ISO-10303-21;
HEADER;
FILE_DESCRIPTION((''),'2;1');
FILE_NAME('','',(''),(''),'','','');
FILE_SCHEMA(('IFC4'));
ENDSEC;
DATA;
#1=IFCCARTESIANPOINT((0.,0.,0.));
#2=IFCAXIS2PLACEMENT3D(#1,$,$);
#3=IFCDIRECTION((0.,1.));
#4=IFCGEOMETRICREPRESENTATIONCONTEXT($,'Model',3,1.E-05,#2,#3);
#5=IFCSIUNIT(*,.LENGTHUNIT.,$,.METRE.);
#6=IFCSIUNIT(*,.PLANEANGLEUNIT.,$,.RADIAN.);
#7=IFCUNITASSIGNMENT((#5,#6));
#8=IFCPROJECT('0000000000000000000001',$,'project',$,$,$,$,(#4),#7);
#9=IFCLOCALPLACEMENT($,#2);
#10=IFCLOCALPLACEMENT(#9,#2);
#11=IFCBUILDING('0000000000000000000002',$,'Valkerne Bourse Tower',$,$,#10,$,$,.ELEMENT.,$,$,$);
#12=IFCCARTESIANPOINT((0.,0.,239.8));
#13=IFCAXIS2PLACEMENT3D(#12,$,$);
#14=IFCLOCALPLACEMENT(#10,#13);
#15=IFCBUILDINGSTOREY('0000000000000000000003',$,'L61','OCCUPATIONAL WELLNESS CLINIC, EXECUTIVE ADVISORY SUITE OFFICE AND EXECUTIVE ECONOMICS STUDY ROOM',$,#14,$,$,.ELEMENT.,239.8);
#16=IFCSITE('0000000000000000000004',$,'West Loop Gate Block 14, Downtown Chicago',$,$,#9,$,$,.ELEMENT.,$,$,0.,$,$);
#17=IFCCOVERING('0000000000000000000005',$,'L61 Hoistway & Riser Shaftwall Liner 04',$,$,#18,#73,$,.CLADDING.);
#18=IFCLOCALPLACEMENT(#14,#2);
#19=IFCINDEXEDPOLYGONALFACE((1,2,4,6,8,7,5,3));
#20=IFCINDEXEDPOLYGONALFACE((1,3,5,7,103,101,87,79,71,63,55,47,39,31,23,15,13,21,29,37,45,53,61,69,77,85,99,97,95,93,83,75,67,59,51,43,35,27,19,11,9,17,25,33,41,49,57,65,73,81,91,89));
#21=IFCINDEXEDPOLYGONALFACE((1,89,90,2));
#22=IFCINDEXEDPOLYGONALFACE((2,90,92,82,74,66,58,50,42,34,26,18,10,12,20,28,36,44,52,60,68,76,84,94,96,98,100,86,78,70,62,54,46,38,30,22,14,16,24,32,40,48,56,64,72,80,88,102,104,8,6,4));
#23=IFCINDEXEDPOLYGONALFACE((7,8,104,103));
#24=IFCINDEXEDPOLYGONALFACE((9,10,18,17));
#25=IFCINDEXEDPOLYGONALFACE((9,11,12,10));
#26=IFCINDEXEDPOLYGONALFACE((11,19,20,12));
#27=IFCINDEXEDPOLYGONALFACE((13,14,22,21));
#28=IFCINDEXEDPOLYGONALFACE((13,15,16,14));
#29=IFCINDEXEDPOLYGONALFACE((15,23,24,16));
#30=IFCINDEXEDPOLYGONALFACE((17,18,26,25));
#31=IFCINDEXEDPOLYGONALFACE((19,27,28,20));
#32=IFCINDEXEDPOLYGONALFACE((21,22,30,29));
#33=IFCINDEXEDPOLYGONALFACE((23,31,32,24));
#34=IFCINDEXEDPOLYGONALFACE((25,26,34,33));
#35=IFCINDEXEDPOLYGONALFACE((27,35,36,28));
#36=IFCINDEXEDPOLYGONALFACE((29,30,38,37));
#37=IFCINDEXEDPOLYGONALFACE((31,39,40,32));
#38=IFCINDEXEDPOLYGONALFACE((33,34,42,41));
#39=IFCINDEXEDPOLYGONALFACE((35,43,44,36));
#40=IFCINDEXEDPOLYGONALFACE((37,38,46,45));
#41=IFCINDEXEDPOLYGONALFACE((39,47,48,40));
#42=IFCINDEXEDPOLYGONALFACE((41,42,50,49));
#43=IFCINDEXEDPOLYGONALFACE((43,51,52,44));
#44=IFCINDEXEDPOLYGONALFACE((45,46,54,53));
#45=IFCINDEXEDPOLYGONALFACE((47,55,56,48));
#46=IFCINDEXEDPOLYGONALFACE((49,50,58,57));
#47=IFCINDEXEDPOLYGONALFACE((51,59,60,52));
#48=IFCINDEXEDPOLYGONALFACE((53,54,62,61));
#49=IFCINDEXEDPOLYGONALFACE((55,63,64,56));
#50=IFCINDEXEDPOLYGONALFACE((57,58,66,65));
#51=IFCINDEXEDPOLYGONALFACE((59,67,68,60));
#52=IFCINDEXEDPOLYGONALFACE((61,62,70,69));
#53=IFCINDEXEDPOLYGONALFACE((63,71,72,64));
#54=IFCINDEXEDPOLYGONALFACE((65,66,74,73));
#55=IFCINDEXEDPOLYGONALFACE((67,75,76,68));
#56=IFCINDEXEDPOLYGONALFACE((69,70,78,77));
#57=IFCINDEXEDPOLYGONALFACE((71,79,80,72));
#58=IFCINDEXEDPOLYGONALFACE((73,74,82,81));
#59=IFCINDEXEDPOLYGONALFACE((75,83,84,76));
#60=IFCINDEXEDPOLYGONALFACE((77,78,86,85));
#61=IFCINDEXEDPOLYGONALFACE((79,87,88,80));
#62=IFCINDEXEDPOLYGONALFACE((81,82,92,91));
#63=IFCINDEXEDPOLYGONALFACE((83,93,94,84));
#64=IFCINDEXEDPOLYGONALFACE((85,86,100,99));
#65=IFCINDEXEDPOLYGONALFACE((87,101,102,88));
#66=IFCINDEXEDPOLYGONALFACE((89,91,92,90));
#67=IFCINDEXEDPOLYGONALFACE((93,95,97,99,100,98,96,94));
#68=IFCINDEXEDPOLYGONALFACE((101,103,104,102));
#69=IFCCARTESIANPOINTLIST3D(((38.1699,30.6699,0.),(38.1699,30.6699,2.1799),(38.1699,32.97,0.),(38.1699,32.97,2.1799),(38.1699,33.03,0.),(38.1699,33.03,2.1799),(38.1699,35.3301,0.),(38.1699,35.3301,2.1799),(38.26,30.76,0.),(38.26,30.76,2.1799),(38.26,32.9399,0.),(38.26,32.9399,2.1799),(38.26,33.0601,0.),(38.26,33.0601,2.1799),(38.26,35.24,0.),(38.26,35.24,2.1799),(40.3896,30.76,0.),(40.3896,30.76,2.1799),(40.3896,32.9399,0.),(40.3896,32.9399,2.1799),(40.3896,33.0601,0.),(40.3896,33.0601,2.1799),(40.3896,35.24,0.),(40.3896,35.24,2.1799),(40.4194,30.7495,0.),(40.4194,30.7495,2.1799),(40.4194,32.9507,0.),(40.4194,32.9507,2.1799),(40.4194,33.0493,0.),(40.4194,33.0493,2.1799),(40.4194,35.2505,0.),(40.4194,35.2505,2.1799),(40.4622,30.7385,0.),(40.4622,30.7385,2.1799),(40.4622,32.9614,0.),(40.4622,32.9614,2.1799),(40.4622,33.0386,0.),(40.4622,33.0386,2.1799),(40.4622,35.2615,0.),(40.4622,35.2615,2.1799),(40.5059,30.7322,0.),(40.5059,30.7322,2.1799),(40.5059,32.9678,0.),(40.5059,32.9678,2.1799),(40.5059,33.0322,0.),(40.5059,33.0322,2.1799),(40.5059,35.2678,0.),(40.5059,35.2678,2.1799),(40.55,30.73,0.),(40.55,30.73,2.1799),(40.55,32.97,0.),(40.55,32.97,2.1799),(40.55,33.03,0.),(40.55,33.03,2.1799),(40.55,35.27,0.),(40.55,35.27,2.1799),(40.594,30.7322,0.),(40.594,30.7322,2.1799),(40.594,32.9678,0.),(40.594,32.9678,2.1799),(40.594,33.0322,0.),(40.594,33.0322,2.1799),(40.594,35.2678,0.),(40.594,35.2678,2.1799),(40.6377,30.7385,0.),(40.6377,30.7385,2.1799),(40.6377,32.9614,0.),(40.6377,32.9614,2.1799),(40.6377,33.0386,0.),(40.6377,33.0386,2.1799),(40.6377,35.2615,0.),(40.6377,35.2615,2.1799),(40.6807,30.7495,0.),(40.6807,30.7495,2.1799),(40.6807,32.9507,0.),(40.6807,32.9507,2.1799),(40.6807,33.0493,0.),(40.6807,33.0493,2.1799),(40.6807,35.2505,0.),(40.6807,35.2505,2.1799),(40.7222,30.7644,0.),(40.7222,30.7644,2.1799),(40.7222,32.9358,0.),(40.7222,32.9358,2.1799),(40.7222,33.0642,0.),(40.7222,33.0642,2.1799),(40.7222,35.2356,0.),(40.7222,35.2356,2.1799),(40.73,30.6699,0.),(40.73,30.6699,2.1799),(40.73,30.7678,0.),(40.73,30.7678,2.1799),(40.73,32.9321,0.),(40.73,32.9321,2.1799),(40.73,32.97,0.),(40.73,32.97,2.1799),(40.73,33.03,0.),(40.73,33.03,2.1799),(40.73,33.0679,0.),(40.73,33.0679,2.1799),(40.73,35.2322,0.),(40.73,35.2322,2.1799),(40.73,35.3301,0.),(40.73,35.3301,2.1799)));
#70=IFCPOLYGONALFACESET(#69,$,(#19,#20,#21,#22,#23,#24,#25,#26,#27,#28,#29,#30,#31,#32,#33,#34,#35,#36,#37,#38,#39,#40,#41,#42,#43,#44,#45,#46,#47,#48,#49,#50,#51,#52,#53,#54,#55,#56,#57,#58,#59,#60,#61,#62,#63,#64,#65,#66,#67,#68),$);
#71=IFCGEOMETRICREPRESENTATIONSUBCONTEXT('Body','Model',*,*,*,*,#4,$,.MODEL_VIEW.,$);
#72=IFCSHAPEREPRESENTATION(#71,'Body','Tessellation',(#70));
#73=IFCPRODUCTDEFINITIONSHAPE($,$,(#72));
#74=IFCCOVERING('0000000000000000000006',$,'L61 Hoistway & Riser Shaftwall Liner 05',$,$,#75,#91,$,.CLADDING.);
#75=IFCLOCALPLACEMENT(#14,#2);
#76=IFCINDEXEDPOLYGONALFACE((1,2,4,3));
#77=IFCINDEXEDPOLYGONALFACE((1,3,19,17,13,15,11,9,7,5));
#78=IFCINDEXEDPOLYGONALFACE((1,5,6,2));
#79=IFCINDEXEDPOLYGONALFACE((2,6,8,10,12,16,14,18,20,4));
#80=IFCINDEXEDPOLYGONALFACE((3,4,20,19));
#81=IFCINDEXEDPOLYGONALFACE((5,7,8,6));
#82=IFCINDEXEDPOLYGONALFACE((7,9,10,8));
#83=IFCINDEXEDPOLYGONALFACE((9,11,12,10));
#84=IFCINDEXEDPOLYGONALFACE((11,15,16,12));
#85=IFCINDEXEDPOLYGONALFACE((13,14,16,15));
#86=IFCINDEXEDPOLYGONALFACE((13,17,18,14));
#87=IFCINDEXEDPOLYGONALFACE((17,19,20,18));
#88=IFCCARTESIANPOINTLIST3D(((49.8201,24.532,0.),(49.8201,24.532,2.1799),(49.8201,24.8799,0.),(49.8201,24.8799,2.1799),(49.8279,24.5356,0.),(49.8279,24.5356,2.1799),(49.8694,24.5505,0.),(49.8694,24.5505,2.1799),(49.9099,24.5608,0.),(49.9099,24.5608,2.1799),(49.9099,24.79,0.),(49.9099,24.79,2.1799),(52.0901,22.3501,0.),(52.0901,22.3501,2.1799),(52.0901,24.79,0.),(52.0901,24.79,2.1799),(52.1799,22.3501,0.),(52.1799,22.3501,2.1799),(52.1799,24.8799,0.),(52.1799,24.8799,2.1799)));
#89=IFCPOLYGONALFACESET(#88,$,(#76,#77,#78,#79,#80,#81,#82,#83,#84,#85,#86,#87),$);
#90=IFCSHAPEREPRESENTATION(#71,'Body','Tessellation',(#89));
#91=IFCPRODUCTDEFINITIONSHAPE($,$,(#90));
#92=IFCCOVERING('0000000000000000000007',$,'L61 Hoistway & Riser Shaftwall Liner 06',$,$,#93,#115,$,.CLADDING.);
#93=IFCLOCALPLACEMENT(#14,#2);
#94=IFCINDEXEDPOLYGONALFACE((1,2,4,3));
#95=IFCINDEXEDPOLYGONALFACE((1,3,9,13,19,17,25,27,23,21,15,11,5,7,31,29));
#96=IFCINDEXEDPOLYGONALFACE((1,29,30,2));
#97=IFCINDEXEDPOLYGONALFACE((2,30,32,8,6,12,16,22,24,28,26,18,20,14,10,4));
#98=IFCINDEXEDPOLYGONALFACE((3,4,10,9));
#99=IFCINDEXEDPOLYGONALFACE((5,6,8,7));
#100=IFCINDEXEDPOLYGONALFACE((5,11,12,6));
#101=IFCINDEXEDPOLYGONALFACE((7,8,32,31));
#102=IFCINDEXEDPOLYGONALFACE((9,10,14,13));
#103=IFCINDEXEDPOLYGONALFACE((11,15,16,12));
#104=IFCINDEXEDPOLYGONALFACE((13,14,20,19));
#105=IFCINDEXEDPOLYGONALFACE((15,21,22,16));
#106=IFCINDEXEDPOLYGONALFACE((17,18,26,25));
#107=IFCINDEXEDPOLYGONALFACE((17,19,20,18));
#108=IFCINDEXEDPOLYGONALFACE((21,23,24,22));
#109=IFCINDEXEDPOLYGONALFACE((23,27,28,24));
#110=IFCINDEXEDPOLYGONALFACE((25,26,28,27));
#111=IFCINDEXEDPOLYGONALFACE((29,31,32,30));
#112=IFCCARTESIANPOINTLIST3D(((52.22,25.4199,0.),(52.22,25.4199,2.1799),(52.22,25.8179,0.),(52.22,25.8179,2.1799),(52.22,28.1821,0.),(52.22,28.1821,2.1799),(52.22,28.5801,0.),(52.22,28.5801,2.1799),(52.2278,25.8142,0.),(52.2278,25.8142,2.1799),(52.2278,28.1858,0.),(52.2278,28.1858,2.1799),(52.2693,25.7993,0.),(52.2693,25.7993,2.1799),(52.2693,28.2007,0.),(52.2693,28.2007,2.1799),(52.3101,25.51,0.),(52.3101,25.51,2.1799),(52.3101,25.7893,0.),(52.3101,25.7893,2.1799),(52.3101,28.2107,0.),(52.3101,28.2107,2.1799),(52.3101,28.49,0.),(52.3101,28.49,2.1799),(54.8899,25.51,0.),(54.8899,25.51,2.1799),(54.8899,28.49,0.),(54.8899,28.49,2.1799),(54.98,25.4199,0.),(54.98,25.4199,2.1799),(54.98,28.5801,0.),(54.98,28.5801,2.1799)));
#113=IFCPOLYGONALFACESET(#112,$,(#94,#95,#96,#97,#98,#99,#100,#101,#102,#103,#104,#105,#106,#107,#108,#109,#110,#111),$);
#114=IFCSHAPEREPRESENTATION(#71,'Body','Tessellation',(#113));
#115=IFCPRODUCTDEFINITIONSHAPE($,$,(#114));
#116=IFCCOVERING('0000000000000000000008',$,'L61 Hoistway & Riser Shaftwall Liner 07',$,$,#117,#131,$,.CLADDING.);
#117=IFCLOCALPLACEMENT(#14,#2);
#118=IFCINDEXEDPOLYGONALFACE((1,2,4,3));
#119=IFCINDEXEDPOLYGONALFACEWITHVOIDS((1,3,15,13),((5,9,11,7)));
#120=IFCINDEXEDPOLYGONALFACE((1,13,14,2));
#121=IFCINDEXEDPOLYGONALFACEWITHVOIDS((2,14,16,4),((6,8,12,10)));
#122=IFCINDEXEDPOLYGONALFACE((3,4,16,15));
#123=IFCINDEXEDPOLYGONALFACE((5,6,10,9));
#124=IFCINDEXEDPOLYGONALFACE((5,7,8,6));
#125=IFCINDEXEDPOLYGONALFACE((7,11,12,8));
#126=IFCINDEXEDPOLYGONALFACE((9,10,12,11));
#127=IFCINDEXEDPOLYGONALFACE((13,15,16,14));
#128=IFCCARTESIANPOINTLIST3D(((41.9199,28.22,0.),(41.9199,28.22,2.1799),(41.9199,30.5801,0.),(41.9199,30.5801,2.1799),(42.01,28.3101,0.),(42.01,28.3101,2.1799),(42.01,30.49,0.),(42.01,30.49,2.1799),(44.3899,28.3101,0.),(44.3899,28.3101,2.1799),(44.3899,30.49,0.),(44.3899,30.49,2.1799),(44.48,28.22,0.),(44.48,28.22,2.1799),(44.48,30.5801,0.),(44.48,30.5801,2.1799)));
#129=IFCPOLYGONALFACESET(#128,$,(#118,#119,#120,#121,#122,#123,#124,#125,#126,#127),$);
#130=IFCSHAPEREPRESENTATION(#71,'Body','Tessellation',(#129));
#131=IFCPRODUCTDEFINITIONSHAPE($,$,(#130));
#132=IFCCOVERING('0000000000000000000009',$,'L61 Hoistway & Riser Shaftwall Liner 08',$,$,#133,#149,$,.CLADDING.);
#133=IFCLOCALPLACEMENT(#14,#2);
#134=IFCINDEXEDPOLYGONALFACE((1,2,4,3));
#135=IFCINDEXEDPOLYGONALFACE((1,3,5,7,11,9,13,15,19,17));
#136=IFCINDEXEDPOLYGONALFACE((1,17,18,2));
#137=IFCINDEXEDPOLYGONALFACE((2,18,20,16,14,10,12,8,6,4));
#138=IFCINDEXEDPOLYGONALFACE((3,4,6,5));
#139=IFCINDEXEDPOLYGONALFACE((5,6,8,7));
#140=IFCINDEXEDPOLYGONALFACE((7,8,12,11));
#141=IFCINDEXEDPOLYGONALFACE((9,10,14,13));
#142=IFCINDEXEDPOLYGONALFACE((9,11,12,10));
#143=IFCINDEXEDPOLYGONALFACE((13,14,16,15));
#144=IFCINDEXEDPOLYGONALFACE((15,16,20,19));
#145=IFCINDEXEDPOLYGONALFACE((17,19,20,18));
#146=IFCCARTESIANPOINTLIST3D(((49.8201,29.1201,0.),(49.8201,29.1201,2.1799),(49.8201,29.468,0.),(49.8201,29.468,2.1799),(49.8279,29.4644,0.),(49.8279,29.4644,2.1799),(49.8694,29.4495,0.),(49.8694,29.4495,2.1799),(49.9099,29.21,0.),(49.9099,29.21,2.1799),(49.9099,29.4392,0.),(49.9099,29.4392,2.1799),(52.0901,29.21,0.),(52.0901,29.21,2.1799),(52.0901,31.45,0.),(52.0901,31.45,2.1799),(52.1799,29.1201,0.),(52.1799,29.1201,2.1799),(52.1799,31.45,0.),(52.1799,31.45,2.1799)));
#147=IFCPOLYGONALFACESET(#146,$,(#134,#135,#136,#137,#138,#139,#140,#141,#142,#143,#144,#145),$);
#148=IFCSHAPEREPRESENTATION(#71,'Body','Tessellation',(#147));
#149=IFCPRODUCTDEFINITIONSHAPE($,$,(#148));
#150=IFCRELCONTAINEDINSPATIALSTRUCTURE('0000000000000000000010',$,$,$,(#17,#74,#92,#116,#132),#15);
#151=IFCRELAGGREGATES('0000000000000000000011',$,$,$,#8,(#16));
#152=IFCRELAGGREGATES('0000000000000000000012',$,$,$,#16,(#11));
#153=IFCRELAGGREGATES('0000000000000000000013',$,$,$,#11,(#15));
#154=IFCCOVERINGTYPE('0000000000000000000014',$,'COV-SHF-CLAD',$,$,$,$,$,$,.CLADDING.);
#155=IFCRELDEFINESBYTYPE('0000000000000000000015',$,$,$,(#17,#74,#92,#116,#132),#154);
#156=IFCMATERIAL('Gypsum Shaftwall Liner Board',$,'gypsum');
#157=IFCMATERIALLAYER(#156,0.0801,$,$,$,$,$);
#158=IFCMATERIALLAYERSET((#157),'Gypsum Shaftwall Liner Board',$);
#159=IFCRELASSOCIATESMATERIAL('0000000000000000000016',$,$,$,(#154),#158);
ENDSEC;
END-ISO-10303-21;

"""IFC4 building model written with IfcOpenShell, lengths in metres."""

from ifc_helpers import new_model, si_unit, direction, frame, origin, place, context, subcontext, project, spatial, polyline, outline, extrude, material, layer, layer_set, type_object, element, save


model = new_model("IFC4")

# Units and contexts
model_context = context("Model", 3, precision=1e-05, world=origin(), true_north=direction((0.0, 1.0)))
body_context = subcontext(model_context, "Body", "Model", "MODEL_VIEW")
ifc_project = project(units=[si_unit("LENGTHUNIT", "METRE"), si_unit("PLANEANGLEUNIT", "RADIAN")], contexts=[model_context])

# Site, building, storey
site_placement = place(None, origin())
site = spatial("IfcSite", under=ifc_project, at=site_placement, Name="West Loop Gate Block 14, Downtown Chicago", CompositionType="ELEMENT", RefElevation=0.0)
building_placement = place(site_placement, origin())
building = spatial("IfcBuilding", under=site, at=building_placement, Name="Valkerne Bourse Tower", CompositionType="ELEMENT")
storey_placement = place(building_placement, frame((0.0, 0.0, 239.8)))
storey = spatial("IfcBuildingStorey", under=building, at=storey_placement, Name="L61", Description="OCCUPATIONAL WELLNESS CLINIC, EXECUTIVE ADVISORY SUITE OFFICE AND EXECUTIVE ECONOMICS STUDY ROOM", CompositionType="ELEMENT", Elevation=239.8)

# Coverings
ifc_material_1 = material(Name="Gypsum Shaftwall Liner Board", Category="gypsum")
ifc_layer_1 = layer(ifc_material_1, 0.0801)
ifc_layer_set_1 = layer_set([ifc_layer_1], Name="Gypsum Shaftwall Liner Board")
covering_type_1 = type_object("IfcCoveringType", Name="COV-SHF-CLAD", PredefinedType="CLADDING", material=ifc_layer_set_1)
covering_1_placement = place(storey_placement, origin())
element("IfcCovering", 1, at=covering_1_placement, inside=storey, type_object=covering_type_1, Name="L61 Hoistway & Riser Shaftwall Liner 04", PredefinedType="CLADDING", context=body_context, shape_type="SweptSolid", body=[
    extrude(outline(polyline([(38.1699, 35.3301), (40.73, 35.3301), (40.73, 35.2322), (40.7222, 35.2356), (40.6807, 35.2505), (40.6377, 35.2615), (40.594, 35.2678), (40.55, 35.27), (40.5059, 35.2678), (40.4622, 35.2615), (40.4194, 35.2505), (40.3896, 35.24), (38.26, 35.24), (38.26, 33.0601), (40.3896, 33.0601), (40.4194, 33.0493), (40.4622, 33.0386), (40.5059, 33.0322), (40.55, 33.03), (40.594, 33.0322), (40.6377, 33.0386), (40.6807, 33.0493), (40.7222, 33.0642), (40.73, 33.0679), (40.73, 33.03), (40.73, 32.97), (40.73, 32.9321), (40.7222, 32.9358), (40.6807, 32.9507), (40.6377, 32.9614), (40.594, 32.9678), (40.55, 32.97), (40.5059, 32.9678), (40.4622, 32.9614), (40.4194, 32.9507), (40.3896, 32.9399), (38.26, 32.9399), (38.26, 30.76), (40.3896, 30.76), (40.4194, 30.7495), (40.4622, 30.7385), (40.5059, 30.7322), (40.55, 30.73), (40.594, 30.7322), (40.6377, 30.7385), (40.6807, 30.7495), (40.7222, 30.7644), (40.73, 30.7678), (40.73, 30.6699), (38.1699, 30.6699), (38.1699, 32.97), (38.1699, 33.03), (38.1699, 35.3301)])), origin(), (0.0, 0.0, 1.0), 2.1799),
])
covering_2_placement = place(storey_placement, origin())
element("IfcCovering", 2, at=covering_2_placement, inside=storey, type_object=covering_type_1, Name="L61 Hoistway & Riser Shaftwall Liner 05", PredefinedType="CLADDING", context=body_context, shape_type="SweptSolid", body=[
    extrude(outline(polyline([(52.1799, 22.3501), (52.0901, 22.3501), (52.0901, 24.79), (49.9099, 24.79), (49.9099, 24.5608), (49.8694, 24.5505), (49.8279, 24.5356), (49.8201, 24.532), (49.8201, 24.8799), (52.1799, 24.8799), (52.1799, 22.3501)])), origin(), (0.0, 0.0, 1.0), 2.1799),
])
covering_3_placement = place(storey_placement, origin())
element("IfcCovering", 3, at=covering_3_placement, inside=storey, type_object=covering_type_1, Name="L61 Hoistway & Riser Shaftwall Liner 06", PredefinedType="CLADDING", context=body_context, shape_type="SweptSolid", body=[
    extrude(outline(polyline([(54.98, 25.4199), (52.22, 25.4199), (52.22, 25.8179), (52.2278, 25.8142), (52.2693, 25.7993), (52.3101, 25.7893), (52.3101, 25.51), (54.8899, 25.51), (54.8899, 28.49), (52.3101, 28.49), (52.3101, 28.2107), (52.2693, 28.2007), (52.2278, 28.1858), (52.22, 28.1821), (52.22, 28.5801), (54.98, 28.5801), (54.98, 25.4199)])), origin(), (0.0, 0.0, 1.0), 2.1799),
])
covering_4_placement = place(storey_placement, origin())
element("IfcCovering", 4, at=covering_4_placement, inside=storey, type_object=covering_type_1, Name="L61 Hoistway & Riser Shaftwall Liner 07", PredefinedType="CLADDING", context=body_context, shape_type="SweptSolid", body=[
    extrude(outline(polyline([(44.48, 28.22), (41.9199, 28.22), (41.9199, 30.5801), (44.48, 30.5801), (44.48, 28.22)]), holes=[polyline([(42.01, 30.49), (42.01, 28.3101), (44.3899, 28.3101), (44.3899, 30.49), (42.01, 30.49)])]), origin(), (0.0, 0.0, 1.0), 2.1799),
])
covering_5_placement = place(storey_placement, origin())
element("IfcCovering", 5, at=covering_5_placement, inside=storey, type_object=covering_type_1, Name="L61 Hoistway & Riser Shaftwall Liner 08", PredefinedType="CLADDING", context=body_context, shape_type="SweptSolid", body=[
    extrude(outline(polyline([(49.8201, 29.1201), (49.8201, 29.468), (49.8279, 29.4644), (49.8694, 29.4495), (49.9099, 29.4392), (49.9099, 29.21), (52.0901, 29.21), (52.0901, 31.45), (52.1799, 31.45), (52.1799, 29.1201), (49.8201, 29.1201)])), origin(), (0.0, 0.0, 1.0), 2.1799),
])

save(model, "model.ifc")
